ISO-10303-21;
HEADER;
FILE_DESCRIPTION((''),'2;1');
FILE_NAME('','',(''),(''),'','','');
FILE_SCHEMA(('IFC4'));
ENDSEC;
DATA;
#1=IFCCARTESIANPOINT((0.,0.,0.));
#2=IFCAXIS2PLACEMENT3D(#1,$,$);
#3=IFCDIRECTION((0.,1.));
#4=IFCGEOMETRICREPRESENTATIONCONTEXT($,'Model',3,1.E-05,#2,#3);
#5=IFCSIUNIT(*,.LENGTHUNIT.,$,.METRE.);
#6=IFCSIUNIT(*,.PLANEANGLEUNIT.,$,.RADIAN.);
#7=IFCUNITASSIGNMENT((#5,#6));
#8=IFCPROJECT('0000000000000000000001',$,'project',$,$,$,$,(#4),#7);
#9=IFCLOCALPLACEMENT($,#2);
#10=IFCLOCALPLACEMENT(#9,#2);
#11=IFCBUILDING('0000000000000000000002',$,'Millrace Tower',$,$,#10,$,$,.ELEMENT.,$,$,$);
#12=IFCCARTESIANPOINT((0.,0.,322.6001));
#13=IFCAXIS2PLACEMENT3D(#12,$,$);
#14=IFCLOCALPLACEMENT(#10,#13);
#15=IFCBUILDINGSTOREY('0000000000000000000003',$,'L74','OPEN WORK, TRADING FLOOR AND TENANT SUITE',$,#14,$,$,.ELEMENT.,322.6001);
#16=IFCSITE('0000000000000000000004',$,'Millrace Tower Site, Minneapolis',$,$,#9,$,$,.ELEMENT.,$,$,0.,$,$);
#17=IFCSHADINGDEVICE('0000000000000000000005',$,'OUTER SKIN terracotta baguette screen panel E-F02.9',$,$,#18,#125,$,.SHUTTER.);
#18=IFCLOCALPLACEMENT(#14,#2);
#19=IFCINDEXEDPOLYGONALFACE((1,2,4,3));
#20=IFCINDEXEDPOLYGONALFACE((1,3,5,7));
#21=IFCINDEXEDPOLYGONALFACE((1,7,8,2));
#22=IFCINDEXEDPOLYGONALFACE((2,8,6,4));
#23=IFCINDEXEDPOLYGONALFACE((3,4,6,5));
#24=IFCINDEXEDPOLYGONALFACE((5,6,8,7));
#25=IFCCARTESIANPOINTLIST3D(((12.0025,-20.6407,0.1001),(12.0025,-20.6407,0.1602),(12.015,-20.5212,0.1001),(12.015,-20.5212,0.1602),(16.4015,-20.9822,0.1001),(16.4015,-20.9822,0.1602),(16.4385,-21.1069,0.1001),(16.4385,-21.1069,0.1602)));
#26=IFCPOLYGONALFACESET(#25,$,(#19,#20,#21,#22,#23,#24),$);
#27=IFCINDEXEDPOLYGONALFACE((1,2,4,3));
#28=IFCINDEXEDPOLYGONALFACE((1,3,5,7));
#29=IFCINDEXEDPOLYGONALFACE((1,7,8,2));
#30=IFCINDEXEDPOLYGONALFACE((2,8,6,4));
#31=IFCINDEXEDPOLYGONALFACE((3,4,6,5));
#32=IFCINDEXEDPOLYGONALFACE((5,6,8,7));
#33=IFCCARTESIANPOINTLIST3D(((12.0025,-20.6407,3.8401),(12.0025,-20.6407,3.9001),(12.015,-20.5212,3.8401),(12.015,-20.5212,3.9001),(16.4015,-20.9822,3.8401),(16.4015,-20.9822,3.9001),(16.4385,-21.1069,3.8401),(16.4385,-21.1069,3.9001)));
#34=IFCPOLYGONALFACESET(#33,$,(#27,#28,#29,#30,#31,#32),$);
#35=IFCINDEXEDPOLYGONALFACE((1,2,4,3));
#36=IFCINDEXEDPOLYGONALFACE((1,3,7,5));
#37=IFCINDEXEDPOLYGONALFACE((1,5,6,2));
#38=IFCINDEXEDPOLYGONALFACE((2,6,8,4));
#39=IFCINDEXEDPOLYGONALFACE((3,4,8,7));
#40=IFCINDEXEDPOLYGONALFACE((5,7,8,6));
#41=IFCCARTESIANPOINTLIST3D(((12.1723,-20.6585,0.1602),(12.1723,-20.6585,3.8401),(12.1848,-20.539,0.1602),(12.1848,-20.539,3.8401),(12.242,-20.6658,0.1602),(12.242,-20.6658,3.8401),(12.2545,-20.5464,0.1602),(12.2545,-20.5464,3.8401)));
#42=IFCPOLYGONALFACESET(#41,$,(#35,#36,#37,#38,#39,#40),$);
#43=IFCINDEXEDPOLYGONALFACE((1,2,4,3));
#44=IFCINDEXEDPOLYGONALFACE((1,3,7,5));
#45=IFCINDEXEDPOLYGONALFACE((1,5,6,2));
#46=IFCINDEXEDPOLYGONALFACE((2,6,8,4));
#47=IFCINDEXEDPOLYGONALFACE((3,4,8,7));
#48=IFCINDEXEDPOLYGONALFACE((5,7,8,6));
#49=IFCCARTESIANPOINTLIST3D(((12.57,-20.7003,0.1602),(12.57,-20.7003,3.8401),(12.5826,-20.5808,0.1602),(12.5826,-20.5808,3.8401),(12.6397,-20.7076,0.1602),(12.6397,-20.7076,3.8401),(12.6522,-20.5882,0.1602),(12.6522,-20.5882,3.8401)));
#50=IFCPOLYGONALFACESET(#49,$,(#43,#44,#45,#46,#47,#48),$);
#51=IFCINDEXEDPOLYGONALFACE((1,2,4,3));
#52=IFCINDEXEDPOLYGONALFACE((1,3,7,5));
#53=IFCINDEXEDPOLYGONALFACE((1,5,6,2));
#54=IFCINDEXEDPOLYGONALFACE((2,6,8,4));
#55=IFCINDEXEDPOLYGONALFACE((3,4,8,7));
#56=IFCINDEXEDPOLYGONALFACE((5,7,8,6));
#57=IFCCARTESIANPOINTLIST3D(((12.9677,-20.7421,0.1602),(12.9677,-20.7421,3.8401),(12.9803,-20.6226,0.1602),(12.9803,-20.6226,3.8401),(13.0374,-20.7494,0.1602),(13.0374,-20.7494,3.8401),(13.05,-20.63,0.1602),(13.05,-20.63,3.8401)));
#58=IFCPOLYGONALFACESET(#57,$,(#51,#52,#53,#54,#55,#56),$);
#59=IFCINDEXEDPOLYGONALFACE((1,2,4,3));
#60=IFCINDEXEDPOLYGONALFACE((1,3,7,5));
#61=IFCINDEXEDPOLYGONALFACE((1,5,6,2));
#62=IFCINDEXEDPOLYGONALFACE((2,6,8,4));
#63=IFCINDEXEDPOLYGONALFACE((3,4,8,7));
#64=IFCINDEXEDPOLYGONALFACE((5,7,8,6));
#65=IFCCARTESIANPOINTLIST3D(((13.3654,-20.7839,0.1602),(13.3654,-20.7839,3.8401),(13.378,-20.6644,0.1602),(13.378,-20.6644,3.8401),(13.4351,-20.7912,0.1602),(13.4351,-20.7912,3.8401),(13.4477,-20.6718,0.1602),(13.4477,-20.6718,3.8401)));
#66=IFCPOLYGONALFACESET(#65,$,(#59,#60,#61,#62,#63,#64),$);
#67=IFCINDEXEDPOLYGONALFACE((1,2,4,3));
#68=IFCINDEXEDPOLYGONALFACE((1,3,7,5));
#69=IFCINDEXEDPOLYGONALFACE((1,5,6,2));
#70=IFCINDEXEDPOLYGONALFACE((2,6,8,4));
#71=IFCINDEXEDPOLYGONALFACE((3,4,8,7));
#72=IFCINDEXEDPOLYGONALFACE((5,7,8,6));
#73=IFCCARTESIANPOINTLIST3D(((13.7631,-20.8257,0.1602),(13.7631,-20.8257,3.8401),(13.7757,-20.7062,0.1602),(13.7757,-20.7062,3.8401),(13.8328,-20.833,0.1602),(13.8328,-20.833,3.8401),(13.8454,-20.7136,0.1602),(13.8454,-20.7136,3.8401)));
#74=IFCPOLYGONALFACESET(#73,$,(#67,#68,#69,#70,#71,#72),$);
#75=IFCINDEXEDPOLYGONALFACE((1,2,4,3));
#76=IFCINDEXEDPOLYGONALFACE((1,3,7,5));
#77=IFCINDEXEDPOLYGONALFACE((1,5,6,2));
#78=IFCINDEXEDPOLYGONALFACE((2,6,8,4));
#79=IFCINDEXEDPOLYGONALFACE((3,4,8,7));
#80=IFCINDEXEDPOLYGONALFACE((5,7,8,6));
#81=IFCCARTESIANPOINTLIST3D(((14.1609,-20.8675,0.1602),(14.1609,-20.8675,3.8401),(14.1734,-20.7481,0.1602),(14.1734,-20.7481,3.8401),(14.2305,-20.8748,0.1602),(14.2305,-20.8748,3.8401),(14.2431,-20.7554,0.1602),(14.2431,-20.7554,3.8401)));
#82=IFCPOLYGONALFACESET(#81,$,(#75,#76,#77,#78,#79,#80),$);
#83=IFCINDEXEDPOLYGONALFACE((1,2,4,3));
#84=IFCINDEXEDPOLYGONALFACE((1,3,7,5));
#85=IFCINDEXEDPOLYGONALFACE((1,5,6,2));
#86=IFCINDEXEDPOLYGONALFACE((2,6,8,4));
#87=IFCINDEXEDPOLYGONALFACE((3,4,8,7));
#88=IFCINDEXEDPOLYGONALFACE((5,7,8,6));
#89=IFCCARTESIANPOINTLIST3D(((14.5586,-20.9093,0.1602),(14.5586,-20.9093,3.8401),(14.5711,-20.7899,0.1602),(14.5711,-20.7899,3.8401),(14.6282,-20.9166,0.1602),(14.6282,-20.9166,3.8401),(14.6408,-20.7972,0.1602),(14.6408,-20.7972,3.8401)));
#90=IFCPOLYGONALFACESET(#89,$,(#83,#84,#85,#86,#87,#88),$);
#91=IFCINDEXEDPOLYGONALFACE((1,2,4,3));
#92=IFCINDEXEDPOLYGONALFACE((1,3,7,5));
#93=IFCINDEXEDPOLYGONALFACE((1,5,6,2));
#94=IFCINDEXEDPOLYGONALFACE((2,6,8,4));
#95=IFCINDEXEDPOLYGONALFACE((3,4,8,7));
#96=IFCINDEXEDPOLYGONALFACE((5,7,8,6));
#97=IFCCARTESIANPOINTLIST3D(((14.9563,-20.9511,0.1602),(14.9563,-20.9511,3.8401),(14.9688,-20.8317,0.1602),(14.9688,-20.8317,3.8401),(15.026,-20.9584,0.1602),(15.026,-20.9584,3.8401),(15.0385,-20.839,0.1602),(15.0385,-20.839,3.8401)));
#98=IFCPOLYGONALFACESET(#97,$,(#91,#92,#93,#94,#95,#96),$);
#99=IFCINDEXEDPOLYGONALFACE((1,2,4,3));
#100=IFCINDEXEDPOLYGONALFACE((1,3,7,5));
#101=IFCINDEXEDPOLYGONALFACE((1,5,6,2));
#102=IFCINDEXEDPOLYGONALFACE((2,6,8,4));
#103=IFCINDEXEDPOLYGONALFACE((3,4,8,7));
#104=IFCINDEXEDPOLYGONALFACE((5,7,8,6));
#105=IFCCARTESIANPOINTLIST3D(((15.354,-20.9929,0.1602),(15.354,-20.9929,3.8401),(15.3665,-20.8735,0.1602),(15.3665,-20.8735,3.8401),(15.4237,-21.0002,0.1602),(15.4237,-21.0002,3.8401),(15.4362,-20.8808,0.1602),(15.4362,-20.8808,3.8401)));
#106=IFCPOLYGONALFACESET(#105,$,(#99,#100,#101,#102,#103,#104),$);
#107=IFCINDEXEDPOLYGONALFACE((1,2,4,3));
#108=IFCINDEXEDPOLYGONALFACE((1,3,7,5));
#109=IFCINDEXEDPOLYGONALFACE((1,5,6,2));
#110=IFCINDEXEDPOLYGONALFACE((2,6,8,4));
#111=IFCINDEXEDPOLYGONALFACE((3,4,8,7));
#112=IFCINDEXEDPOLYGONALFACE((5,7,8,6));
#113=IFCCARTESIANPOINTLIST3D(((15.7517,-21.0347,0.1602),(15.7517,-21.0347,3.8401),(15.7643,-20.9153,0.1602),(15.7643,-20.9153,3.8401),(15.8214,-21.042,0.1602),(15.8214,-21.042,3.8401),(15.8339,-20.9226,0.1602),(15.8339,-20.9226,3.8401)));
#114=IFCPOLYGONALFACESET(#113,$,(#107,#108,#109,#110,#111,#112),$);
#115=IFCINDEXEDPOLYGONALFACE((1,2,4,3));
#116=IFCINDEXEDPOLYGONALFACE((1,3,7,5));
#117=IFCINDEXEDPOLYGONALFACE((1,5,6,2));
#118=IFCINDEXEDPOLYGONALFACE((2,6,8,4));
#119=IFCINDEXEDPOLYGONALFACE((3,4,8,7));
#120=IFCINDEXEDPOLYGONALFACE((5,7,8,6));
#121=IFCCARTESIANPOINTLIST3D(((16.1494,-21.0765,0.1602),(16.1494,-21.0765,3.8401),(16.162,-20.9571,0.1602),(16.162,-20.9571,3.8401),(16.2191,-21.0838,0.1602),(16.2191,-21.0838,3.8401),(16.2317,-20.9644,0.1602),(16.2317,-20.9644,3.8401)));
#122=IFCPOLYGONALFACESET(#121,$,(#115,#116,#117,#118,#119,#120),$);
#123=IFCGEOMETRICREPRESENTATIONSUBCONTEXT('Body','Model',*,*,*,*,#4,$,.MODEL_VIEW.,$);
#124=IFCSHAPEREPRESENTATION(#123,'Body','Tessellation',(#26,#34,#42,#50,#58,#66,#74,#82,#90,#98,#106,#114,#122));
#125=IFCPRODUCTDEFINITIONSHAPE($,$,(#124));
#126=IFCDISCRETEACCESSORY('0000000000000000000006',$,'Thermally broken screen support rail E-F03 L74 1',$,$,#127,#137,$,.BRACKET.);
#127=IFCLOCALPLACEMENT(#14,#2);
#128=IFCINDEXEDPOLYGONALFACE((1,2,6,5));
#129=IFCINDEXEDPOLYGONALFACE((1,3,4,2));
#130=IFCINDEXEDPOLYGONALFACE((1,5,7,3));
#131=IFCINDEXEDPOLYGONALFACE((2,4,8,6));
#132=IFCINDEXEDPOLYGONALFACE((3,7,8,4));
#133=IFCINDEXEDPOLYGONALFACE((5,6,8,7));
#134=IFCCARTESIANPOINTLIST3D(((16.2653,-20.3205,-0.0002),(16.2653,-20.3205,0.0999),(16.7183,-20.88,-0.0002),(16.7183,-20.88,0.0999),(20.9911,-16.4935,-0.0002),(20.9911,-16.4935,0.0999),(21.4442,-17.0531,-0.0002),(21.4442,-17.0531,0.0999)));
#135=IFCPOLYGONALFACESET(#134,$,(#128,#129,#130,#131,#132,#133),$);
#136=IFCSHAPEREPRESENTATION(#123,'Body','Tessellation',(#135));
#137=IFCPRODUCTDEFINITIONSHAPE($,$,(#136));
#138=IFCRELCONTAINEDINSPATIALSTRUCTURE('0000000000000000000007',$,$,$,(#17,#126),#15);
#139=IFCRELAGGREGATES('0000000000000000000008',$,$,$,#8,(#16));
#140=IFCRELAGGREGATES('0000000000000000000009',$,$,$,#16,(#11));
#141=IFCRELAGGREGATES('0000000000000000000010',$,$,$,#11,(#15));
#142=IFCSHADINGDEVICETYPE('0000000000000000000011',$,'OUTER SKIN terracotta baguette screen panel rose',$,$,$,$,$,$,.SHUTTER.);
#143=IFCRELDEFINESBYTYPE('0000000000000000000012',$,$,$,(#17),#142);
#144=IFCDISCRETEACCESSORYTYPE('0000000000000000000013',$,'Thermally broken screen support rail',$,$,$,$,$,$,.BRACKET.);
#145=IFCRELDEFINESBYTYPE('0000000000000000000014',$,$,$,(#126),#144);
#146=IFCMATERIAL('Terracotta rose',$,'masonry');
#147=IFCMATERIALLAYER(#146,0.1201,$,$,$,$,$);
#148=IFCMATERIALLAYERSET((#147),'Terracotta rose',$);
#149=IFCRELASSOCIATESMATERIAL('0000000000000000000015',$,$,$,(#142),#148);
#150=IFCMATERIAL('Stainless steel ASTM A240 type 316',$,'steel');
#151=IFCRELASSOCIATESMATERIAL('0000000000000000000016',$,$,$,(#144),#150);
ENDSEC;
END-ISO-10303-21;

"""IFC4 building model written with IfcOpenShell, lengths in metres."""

from ifc_helpers import new_model, entity, si_unit, direction, frame, frame_2d, origin, origin_2d, place, context, subcontext, project, spatial, rectangle, extrude, source, transform, mapped, material, layer, layer_set, type_object, element, save


model = new_model("IFC4")

# Units and contexts
model_context = context("Model", 3, precision=1e-05, world=origin(), true_north=direction((0.0, 1.0)))
body_context = subcontext(model_context, "Body", "Model", "MODEL_VIEW")
ifc_project = project(units=[si_unit("LENGTHUNIT", "METRE"), si_unit("PLANEANGLEUNIT", "RADIAN")], contexts=[model_context])

# Site, building, storey
site_placement = place(None, origin())
site = spatial("IfcSite", under=ifc_project, at=site_placement, Name="Millrace Tower Site, Minneapolis", CompositionType="ELEMENT", RefElevation=0.0)
building_placement = place(site_placement, origin())
building = spatial("IfcBuilding", under=site, at=building_placement, Name="Millrace Tower", CompositionType="ELEMENT")
storey_placement = place(building_placement, frame((0.0, 0.0, 322.6001)))
storey = spatial("IfcBuildingStorey", under=building, at=storey_placement, Name="L74", Description="OPEN WORK, TRADING FLOOR AND TENANT SUITE", CompositionType="ELEMENT", Elevation=322.6001)

# Shading device
ifc_material_1 = material(Name="Terracotta rose", Category="masonry")
ifc_layer_1 = layer(ifc_material_1, 0.1201)
ifc_layer_set_1 = layer_set([ifc_layer_1], Name="Terracotta rose")
shading_device_type = type_object("IfcShadingDeviceType", Name="OUTER SKIN terracotta baguette screen panel rose", PredefinedType="SHUTTER", material=ifc_layer_set_1)
cartesian_point_1 = entity("IfcCartesianPoint", [-2.2178, 0.0601])
shared_polyline_1 = entity("IfcPolyline", [cartesian_point_1, entity("IfcCartesianPoint", [2.1929, 0.0601]), entity("IfcCartesianPoint", [2.2427, -0.0601]), entity("IfcCartesianPoint", [-2.2178, -0.0601]), cartesian_point_1])
shared_shape_1 = source(origin(), body_context, "Body", "SweptSolid", [
    entity("IfcExtrudedAreaSolid", entity("IfcArbitraryClosedProfileDef", "AREA", None, shared_polyline_1), entity("IfcAxis2Placement3D", entity("IfcCartesianPoint", [0.0, 0.0, 0.0])), entity("IfcDirection", [0.0, 0.0, 1.0]), 0.0601),
    entity("IfcExtrudedAreaSolid", entity("IfcArbitraryClosedProfileDef", "AREA", None, shared_polyline_1), entity("IfcAxis2Placement3D", entity("IfcCartesianPoint", [0.0, 0.0, 3.74])), entity("IfcDirection", [0.0, 0.0, 1.0]), 0.0601),
    extrude(rectangle(XDim=0.0701, YDim=0.1201, at=frame_2d((-2.012, 0.0))), frame((0.0, 0.0, 0.0601)), (0.0, 0.0, 1.0), 3.6799),
    extrude(rectangle(XDim=0.0701, YDim=0.1201, at=frame_2d((-1.6121, 0.0))), frame((0.0, 0.0, 0.0601)), (0.0, 0.0, 1.0), 3.6799),
    extrude(rectangle(XDim=0.0701, YDim=0.1201, at=frame_2d((-1.2122, 0.0))), frame((0.0, 0.0, 0.0601)), (0.0, 0.0, 1.0), 3.6799),
    extrude(rectangle(XDim=0.0701, YDim=0.1201, at=frame_2d((-0.8123, 0.0))), frame((0.0, 0.0, 0.0601)), (0.0, 0.0, 1.0), 3.6799),
    extrude(rectangle(XDim=0.0701, YDim=0.1201, at=frame_2d((-0.4124, 0.0))), frame((0.0, 0.0, 0.0601)), (0.0, 0.0, 1.0), 3.6799),
    extrude(rectangle(XDim=0.0701, YDim=0.1201, at=frame_2d((-0.0125, 0.0))), frame((0.0, 0.0, 0.0601)), (0.0, 0.0, 1.0), 3.6799),
    extrude(rectangle(XDim=0.0701, YDim=0.1201, at=frame_2d((0.3875, 0.0))), frame((0.0, 0.0, 0.0601)), (0.0, 0.0, 1.0), 3.6799),
    extrude(rectangle(XDim=0.0701, YDim=0.1201, at=frame_2d((0.7874, 0.0))), frame((0.0, 0.0, 0.0601)), (0.0, 0.0, 1.0), 3.6799),
    extrude(rectangle(XDim=0.0701, YDim=0.1201, at=frame_2d((1.1873, 0.0))), frame((0.0, 0.0, 0.0601)), (0.0, 0.0, 1.0), 3.6799),
    extrude(rectangle(XDim=0.0701, YDim=0.1201, at=frame_2d((1.5872, 0.0))), frame((0.0, 0.0, 0.0601)), (0.0, 0.0, 1.0), 3.6799),
    extrude(rectangle(XDim=0.0701, YDim=0.1201, at=frame_2d((1.9871, 0.0))), frame((0.0, 0.0, 0.0601)), (0.0, 0.0, 1.0), 3.6799),
])
shading_device_1_placement = place(storey_placement, frame((14.2144, -20.8127, 0.1001), z_axis=(0.0, 0.0, 1.0), x_axis=(0.994522, -0.104528, 0.0)))
element("IfcShadingDevice", 1, at=shading_device_1_placement, inside=storey, type_object=shading_device_type, Name="OUTER SKIN terracotta baguette screen panel E-F02.9", PredefinedType="SHUTTER", context=body_context, shape_type="MappedRepresentation", body=[
    mapped(shared_shape_1, transform((0.0, 0.0, 0.0), scale=1.0)),
])

# Discrete accessory
ifc_material_2 = material(Name="Stainless steel ASTM A240 type 316", Category="steel")
discrete_accessory_type = type_object("IfcDiscreteAccessoryType", Name="Thermally broken screen support rail", PredefinedType="BRACKET", material=ifc_material_2)
discrete_accessory_placement = place(storey_placement, frame((18.8547, -18.6868, -0.0002), z_axis=(0.0, 0.0, 1.0), x_axis=(0.777146, 0.62932, 0.0)))
element("IfcDiscreteAccessory", 2, at=discrete_accessory_placement, inside=storey, type_object=discrete_accessory_type, Name="Thermally broken screen support rail E-F03 L74 1", PredefinedType="BRACKET", context=body_context, shape_type="SweptSolid", body=[
    extrude(rectangle(XDim=6.0811, YDim=0.72, at=origin_2d()), origin(), (0.0, 0.0, 1.0), 0.1001),
])

save(model, "model.ifc")
